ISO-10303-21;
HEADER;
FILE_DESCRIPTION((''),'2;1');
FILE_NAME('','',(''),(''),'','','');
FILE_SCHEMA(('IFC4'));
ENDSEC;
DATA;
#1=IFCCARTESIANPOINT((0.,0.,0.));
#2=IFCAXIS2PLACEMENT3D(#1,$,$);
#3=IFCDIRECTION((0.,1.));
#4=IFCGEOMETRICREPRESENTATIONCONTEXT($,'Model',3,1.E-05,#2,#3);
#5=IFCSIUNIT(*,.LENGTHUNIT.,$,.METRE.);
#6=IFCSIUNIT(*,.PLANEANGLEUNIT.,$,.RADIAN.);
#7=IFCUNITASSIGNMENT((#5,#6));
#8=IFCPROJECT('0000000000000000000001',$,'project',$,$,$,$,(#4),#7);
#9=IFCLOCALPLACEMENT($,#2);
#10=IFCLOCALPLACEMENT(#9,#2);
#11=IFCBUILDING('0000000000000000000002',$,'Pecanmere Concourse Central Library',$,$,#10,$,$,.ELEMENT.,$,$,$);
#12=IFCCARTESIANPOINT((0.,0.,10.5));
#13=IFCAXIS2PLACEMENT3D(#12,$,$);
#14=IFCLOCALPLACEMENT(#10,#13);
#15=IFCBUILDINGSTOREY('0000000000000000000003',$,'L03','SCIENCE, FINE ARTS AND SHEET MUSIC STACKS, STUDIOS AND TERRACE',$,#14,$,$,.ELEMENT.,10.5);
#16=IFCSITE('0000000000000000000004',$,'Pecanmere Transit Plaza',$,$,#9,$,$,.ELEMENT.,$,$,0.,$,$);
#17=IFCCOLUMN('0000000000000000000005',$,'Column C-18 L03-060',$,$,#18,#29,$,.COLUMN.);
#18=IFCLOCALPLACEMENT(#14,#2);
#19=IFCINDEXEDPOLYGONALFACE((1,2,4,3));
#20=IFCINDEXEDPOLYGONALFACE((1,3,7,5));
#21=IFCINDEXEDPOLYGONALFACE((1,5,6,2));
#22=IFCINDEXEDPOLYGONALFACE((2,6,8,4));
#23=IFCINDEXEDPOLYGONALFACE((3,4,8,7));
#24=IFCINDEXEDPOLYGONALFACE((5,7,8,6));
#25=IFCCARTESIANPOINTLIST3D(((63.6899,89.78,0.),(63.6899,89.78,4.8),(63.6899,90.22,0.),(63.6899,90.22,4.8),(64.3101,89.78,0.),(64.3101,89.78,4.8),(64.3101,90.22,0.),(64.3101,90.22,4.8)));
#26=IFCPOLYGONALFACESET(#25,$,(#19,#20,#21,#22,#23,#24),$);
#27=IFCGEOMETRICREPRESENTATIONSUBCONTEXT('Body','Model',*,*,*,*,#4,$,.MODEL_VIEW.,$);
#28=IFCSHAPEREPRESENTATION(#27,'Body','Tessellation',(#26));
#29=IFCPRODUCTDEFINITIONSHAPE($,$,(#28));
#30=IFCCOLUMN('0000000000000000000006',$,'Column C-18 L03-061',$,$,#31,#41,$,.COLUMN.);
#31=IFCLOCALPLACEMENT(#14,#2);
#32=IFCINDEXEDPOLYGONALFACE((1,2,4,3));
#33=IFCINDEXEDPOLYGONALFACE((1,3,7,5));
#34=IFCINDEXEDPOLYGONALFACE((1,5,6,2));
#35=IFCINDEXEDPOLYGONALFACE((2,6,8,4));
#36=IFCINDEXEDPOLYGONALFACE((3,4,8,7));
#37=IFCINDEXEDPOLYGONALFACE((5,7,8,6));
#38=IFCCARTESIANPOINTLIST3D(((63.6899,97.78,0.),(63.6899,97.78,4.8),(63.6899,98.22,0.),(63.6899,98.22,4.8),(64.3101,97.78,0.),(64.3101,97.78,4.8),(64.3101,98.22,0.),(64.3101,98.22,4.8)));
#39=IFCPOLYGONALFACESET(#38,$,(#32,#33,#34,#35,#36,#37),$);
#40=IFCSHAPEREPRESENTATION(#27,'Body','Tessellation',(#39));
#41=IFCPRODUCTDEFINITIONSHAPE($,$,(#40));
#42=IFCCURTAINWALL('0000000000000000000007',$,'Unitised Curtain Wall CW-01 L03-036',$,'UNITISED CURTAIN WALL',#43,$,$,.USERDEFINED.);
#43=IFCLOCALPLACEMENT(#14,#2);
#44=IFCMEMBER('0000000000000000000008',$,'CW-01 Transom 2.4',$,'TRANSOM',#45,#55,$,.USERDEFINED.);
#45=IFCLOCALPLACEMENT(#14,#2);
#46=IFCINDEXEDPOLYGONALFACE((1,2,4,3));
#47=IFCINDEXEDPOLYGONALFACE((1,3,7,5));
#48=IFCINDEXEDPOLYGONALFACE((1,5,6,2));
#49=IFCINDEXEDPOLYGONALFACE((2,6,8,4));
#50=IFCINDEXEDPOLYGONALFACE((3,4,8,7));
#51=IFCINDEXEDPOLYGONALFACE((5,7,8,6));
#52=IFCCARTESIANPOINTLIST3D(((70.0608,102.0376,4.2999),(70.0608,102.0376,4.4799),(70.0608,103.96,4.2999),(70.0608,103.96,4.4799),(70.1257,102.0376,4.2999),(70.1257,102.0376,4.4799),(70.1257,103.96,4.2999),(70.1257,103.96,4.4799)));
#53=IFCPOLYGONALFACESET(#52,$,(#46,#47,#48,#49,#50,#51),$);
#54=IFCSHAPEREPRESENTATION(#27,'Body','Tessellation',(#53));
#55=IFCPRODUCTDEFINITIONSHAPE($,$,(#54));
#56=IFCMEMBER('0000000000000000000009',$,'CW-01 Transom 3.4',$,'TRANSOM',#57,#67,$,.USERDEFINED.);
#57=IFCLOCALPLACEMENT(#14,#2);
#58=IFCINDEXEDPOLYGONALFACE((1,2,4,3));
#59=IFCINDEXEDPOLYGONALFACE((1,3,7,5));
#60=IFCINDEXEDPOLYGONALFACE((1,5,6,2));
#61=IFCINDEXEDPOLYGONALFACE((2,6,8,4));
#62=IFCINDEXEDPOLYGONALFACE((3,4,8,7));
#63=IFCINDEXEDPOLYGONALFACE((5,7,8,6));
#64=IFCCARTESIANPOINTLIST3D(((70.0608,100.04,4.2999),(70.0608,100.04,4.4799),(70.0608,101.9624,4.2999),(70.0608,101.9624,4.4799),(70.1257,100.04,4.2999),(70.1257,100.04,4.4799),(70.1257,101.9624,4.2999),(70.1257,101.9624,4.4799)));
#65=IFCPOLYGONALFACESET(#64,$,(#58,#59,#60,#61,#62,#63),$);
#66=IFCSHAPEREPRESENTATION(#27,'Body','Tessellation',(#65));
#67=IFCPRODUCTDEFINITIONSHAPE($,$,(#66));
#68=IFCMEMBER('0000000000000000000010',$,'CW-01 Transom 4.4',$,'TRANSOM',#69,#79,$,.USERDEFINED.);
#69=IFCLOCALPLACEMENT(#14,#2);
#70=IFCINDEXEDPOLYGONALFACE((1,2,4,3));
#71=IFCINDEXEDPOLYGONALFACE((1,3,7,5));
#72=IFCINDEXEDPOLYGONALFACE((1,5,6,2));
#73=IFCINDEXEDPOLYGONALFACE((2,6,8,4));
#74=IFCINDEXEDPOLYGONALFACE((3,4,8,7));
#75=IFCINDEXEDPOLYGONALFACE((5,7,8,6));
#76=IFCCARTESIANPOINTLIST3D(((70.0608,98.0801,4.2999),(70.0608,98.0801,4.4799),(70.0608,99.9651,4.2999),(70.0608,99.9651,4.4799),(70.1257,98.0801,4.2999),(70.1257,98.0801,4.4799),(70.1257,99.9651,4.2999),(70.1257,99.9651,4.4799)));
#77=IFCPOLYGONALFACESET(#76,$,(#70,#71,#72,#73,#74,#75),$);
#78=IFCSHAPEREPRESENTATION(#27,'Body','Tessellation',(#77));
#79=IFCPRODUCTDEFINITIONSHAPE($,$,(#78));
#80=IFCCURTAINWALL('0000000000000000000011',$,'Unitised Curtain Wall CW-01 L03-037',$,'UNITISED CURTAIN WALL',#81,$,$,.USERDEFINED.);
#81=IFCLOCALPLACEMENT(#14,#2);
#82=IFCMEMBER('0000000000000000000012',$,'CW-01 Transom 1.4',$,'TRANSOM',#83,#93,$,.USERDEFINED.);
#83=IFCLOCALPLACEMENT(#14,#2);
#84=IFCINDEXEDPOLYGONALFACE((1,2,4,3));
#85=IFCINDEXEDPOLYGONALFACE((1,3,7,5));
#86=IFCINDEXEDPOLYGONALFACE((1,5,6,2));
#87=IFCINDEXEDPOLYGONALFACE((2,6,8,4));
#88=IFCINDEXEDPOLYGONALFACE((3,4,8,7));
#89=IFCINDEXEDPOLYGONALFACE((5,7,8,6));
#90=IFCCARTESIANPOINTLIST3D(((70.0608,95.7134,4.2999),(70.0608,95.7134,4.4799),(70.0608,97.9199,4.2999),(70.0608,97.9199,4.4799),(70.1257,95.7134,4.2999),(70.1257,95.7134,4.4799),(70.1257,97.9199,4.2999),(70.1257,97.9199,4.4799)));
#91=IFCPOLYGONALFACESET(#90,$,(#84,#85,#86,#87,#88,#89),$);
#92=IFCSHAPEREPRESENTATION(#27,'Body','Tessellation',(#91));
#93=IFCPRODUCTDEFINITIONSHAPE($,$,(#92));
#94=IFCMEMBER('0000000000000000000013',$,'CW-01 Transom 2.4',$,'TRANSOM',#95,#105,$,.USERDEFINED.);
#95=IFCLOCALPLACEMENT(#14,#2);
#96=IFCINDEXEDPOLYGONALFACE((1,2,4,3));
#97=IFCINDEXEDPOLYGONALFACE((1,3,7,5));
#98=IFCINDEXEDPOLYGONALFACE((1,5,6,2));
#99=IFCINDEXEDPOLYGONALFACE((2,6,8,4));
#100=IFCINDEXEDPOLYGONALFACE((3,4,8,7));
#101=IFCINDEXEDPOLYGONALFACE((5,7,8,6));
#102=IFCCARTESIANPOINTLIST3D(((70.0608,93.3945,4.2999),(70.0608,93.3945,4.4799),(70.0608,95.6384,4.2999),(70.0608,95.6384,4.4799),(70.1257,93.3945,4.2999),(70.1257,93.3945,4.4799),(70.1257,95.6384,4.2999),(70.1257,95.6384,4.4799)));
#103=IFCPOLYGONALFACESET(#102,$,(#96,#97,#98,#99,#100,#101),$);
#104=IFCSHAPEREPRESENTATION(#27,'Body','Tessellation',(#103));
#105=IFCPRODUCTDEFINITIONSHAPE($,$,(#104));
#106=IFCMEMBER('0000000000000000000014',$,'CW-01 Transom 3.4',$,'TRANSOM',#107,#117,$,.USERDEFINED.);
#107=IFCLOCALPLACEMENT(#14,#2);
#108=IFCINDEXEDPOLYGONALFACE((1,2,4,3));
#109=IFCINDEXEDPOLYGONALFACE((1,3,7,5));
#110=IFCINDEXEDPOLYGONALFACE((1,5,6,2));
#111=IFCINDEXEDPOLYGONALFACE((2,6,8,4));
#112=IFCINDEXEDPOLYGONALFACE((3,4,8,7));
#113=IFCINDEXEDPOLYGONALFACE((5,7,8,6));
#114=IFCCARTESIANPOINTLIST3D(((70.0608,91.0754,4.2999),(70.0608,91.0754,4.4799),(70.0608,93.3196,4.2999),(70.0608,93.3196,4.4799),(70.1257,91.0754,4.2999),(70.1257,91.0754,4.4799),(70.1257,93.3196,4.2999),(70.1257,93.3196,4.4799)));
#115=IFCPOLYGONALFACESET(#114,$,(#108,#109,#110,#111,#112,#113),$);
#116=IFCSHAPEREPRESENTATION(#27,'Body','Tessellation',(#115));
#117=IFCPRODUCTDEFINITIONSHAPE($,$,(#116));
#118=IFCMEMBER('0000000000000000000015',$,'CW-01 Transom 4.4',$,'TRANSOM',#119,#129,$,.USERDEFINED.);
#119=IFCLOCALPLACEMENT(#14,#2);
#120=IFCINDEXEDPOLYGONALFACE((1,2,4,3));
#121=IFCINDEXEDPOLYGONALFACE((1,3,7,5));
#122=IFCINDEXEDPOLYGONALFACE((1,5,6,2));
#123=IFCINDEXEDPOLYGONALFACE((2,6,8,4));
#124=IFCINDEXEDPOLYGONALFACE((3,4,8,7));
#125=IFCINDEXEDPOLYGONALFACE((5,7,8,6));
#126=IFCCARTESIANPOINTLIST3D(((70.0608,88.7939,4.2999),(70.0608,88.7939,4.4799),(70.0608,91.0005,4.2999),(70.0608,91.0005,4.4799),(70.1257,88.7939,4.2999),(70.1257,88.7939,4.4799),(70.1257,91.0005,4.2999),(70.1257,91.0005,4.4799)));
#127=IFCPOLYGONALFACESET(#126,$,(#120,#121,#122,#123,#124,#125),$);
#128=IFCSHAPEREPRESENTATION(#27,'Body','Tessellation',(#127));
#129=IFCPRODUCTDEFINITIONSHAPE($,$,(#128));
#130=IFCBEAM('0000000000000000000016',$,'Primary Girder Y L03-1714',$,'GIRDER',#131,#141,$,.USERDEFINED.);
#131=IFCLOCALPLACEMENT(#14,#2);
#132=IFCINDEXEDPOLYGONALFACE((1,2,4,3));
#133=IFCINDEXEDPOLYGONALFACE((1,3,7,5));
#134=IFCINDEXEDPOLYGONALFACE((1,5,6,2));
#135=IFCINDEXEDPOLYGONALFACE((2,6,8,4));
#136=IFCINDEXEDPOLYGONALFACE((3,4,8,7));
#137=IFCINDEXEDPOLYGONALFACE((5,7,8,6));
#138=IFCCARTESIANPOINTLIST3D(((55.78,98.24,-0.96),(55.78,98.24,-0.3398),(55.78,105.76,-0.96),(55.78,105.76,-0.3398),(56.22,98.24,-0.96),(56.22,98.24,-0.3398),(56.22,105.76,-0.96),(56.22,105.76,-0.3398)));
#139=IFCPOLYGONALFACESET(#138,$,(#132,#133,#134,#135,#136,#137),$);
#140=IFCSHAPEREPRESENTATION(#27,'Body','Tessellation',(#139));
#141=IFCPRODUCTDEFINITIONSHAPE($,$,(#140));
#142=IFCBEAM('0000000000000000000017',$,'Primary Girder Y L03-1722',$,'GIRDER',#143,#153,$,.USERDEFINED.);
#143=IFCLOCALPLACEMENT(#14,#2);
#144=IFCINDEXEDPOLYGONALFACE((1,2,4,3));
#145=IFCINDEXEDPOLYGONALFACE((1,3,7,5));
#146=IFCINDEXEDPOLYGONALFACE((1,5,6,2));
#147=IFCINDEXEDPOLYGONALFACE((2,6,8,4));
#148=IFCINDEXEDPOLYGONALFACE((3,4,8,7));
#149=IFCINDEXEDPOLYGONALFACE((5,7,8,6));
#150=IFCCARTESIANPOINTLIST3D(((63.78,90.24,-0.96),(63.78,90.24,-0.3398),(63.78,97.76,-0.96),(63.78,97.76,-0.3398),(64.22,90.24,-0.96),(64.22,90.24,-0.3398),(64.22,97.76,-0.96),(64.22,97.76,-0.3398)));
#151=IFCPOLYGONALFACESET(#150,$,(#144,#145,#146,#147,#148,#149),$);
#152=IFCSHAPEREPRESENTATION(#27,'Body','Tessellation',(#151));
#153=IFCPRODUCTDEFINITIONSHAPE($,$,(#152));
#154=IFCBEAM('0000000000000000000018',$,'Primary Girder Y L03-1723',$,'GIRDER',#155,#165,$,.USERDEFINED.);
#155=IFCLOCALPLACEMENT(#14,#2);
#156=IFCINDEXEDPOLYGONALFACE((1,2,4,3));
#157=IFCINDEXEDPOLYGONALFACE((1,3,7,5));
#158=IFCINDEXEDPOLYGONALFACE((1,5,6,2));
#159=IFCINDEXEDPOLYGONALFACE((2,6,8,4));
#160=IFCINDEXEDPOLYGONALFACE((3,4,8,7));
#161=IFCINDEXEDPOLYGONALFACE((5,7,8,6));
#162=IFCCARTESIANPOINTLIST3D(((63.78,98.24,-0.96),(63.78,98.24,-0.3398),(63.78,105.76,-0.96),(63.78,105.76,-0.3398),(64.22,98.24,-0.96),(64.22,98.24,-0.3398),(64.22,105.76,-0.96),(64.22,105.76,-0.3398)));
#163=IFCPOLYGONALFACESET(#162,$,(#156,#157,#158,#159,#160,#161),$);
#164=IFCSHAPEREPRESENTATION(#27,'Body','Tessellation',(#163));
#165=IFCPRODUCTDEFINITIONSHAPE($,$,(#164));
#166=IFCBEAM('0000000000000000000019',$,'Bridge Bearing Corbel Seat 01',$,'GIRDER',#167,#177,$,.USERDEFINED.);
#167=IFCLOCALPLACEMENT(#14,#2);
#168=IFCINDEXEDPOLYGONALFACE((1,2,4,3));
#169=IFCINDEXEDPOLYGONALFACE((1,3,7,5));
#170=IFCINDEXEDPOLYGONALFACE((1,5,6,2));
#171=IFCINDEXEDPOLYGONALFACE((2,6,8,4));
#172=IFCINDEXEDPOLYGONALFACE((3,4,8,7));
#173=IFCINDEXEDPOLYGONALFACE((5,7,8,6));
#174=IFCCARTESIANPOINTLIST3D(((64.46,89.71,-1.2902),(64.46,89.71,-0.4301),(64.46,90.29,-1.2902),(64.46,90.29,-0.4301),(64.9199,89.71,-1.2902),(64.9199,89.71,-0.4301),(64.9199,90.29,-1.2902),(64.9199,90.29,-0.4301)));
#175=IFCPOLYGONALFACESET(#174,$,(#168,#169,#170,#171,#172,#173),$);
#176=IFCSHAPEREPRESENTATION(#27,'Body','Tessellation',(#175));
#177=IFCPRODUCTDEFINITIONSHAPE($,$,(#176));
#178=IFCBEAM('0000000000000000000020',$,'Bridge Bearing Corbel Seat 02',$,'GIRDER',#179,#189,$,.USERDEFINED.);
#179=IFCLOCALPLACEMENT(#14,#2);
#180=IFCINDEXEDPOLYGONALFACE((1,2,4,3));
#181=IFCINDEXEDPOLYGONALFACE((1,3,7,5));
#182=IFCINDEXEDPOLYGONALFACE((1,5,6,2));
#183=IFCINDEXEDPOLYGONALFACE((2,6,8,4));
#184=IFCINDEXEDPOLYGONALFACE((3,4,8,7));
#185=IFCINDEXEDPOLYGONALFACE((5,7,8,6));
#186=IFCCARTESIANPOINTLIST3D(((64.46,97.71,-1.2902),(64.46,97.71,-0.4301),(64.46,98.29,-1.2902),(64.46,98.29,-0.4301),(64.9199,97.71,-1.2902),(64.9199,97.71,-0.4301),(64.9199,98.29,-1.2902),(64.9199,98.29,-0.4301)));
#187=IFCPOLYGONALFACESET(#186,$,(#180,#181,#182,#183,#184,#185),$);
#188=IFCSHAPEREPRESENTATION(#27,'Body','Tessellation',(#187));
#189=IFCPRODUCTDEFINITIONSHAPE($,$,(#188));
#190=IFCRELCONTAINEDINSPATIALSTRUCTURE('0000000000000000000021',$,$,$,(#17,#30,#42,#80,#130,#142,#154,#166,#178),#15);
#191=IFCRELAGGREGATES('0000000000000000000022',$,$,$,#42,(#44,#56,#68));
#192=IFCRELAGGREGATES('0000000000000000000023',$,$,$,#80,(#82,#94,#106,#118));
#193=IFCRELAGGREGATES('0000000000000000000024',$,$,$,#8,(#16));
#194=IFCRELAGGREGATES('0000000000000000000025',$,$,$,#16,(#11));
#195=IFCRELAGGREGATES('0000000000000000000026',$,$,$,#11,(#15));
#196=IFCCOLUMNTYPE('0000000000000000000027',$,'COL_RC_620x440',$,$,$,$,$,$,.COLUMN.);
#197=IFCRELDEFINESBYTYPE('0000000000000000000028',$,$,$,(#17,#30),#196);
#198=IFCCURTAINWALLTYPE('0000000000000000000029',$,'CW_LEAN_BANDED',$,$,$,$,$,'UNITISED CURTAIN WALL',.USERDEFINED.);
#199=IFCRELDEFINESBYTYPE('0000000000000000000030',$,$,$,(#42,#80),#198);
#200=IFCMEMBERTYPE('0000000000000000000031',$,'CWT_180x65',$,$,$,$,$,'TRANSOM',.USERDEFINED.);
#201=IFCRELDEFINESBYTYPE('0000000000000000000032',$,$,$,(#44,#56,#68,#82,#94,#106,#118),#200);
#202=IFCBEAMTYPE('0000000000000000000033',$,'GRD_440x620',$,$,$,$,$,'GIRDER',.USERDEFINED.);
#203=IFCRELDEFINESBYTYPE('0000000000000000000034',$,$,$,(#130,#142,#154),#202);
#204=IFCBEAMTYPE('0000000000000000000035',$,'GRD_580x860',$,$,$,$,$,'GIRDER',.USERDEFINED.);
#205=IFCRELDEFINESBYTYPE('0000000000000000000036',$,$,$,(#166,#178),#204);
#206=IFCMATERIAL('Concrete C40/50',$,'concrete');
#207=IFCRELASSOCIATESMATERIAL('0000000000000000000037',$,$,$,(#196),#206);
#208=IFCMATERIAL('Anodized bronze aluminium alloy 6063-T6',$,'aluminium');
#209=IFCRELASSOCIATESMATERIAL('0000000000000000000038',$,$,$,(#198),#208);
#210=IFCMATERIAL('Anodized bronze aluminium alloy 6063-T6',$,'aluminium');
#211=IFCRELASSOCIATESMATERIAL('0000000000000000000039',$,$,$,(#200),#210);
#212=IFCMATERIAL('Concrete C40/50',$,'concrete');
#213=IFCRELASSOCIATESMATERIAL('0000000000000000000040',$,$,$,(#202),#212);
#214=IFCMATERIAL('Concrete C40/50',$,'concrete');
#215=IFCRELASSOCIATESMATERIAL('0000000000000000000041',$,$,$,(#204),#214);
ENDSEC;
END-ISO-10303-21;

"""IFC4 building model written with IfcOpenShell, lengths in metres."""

from ifc_helpers import new_model, si_unit, direction, frame, origin, origin_2d, place, context, subcontext, project, spatial, rectangle, extrude, material, material_profile, profile_set, type_object, element, aggregate, save


model = new_model("IFC4")

# Units and contexts
model_context = context("Model", 3, precision=1e-05, world=origin(), true_north=direction((0.0, 1.0)))
body_context = subcontext(model_context, "Body", "Model", "MODEL_VIEW")
ifc_project = project(units=[si_unit("LENGTHUNIT", "METRE"), si_unit("PLANEANGLEUNIT", "RADIAN")], contexts=[model_context])

# Site, building, storey
site_placement = place(None, origin())
site = spatial("IfcSite", under=ifc_project, at=site_placement, Name="Pecanmere Transit Plaza", CompositionType="ELEMENT", RefElevation=0.0)
building_placement = place(site_placement, origin())
building = spatial("IfcBuilding", under=site, at=building_placement, Name="Pecanmere Concourse Central Library", CompositionType="ELEMENT")
storey_placement = place(building_placement, frame((0.0, 0.0, 10.5)))
storey = spatial("IfcBuildingStorey", under=building, at=storey_placement, Name="L03", Description="SCIENCE, FINE ARTS AND SHEET MUSIC STACKS, STUDIOS AND TERRACE", CompositionType="ELEMENT", Elevation=10.5)

# Columns
ifc_material_1 = material(Name="Concrete C40/50", Category="concrete")
ifc_material_profile_1 = material_profile(ifc_material_1, rectangle(XDim=0.6201, YDim=0.4399, at=origin_2d()), Name="RC 620x440")
ifc_profile_set_1 = profile_set([ifc_material_profile_1], Name="Concrete C40/50")
column_type = type_object("IfcColumnType", Name="COL_RC_620x440", PredefinedType="COLUMN", material=ifc_profile_set_1)
for number, where, z_axis, x_axis, name in (
    (1, (64.0, 90.0, 0.0), (0.0, 0.0, 1.0), (1.0, 0.0, 0.0), "Column C-18 L03-060"),
    (2, (64.0, 98.0, 0.0), (0.0, 0.0, 1.0), (1.0, 0.0, 0.0), "Column C-18 L03-061"),
):
    element("IfcColumn", number, at=place(storey_placement, frame(where, z_axis=z_axis, x_axis=x_axis)), inside=storey, type_object=column_type, Name=name, PredefinedType="COLUMN", context=body_context, shape_type="SweptSolid", body=[
        extrude(rectangle(XDim=0.6201, YDim=0.4399, at=origin_2d()), origin(), (0.0, 0.0, 1.0), 4.8),
    ])

# Curtain walls, members
ifc_material_2 = material(Name="Anodized bronze aluminium alloy 6063-T6", Category="aluminium")
curtain_wall_type = type_object("IfcCurtainWallType", Name="CW_LEAN_BANDED", ElementType="UNITISED CURTAIN WALL", PredefinedType="USERDEFINED", material=ifc_material_2)
curtain_wall_1_placement = place(storey_placement, origin())
curtain_wall_1 = element("IfcCurtainWall", 3, at=curtain_wall_1_placement, inside=storey, type_object=curtain_wall_type, Name="Unitised Curtain Wall CW-01 L03-036", ObjectType="UNITISED CURTAIN WALL", PredefinedType="USERDEFINED")
ifc_material_3 = material(Name="Anodized bronze aluminium alloy 6063-T6", Category="aluminium")
ifc_material_profile_2 = material_profile(ifc_material_3, rectangle(XDim=0.0649, YDim=0.1799, at=origin_2d()), Name="AL 65x180")
ifc_profile_set_2 = profile_set([ifc_material_profile_2], Name="Anodized bronze aluminium alloy 6063-T6")
member_type = type_object("IfcMemberType", Name="CWT_180x65", ElementType="TRANSOM", PredefinedType="USERDEFINED", material=ifc_profile_set_2)
member_1_placement = place(storey_placement, frame((70.0933, 103.96, 4.3899), z_axis=(0.0, -1.0, 0.0), x_axis=(1.0, 0.0, 0.0)))
member_1 = element("IfcMember", 4, at=member_1_placement, type_object=member_type, Name="CW-01 Transom 2.4", ObjectType="TRANSOM", PredefinedType="USERDEFINED", context=body_context, shape_type="SweptSolid", body=[
    extrude(rectangle(XDim=0.0649, YDim=0.1799, at=origin_2d()), origin(), (0.0, 0.0, 1.0), 1.9224),
])
member_2_placement = place(storey_placement, frame((70.0933, 101.9624, 4.3899), z_axis=(0.0, -1.0, 0.0), x_axis=(1.0, 0.0, 0.0)))
member_2 = element("IfcMember", 5, at=member_2_placement, type_object=member_type, Name="CW-01 Transom 3.4", ObjectType="TRANSOM", PredefinedType="USERDEFINED", context=body_context, shape_type="SweptSolid", body=[
    extrude(rectangle(XDim=0.0649, YDim=0.1799, at=origin_2d()), origin(), (0.0, 0.0, 1.0), 1.9224),
])
member_3_placement = place(storey_placement, frame((70.0933, 99.9651, 4.3899), z_axis=(0.0, -1.0, 0.0), x_axis=(1.0, 0.0, 0.0)))
member_3 = element("IfcMember", 6, at=member_3_placement, type_object=member_type, Name="CW-01 Transom 4.4", ObjectType="TRANSOM", PredefinedType="USERDEFINED", context=body_context, shape_type="SweptSolid", body=[
    extrude(rectangle(XDim=0.0649, YDim=0.1799, at=origin_2d()), origin(), (0.0, 0.0, 1.0), 1.885),
])
curtain_wall_2_placement = place(storey_placement, origin())
curtain_wall_2 = element("IfcCurtainWall", 7, at=curtain_wall_2_placement, inside=storey, type_object=curtain_wall_type, Name="Unitised Curtain Wall CW-01 L03-037", ObjectType="UNITISED CURTAIN WALL", PredefinedType="USERDEFINED")
member_4_placement = place(storey_placement, frame((70.0933, 97.9199, 4.3899), z_axis=(0.0, -1.0, 0.0), x_axis=(1.0, 0.0, 0.0)))
member_4 = element("IfcMember", 8, at=member_4_placement, type_object=member_type, Name="CW-01 Transom 1.4", ObjectType="TRANSOM", PredefinedType="USERDEFINED", context=body_context, shape_type="SweptSolid", body=[
    extrude(rectangle(XDim=0.0649, YDim=0.1799, at=origin_2d()), origin(), (0.0, 0.0, 1.0), 2.2065),
])
member_5_placement = place(storey_placement, frame((70.0933, 95.6384, 4.3899), z_axis=(0.0, -1.0, 0.0), x_axis=(1.0, 0.0, 0.0)))
member_5 = element("IfcMember", 9, at=member_5_placement, type_object=member_type, Name="CW-01 Transom 2.4", ObjectType="TRANSOM", PredefinedType="USERDEFINED", context=body_context, shape_type="SweptSolid", body=[
    extrude(rectangle(XDim=0.0649, YDim=0.1799, at=origin_2d()), origin(), (0.0, 0.0, 1.0), 2.2439),
])
member_6_placement = place(storey_placement, frame((70.0933, 93.3196, 4.3899), z_axis=(0.0, -1.0, 0.0), x_axis=(1.0, 0.0, 0.0)))
member_6 = element("IfcMember", 10, at=member_6_placement, type_object=member_type, Name="CW-01 Transom 3.4", ObjectType="TRANSOM", PredefinedType="USERDEFINED", context=body_context, shape_type="SweptSolid", body=[
    extrude(rectangle(XDim=0.0649, YDim=0.1799, at=origin_2d()), origin(), (0.0, 0.0, 1.0), 2.2441),
])
member_7_placement = place(storey_placement, frame((70.0933, 91.0005, 4.3899), z_axis=(0.0, -1.0, 0.0), x_axis=(1.0, 0.0, 0.0)))
member_7 = element("IfcMember", 11, at=member_7_placement, type_object=member_type, Name="CW-01 Transom 4.4", ObjectType="TRANSOM", PredefinedType="USERDEFINED", context=body_context, shape_type="SweptSolid", body=[
    extrude(rectangle(XDim=0.0649, YDim=0.1799, at=origin_2d()), origin(), (0.0, 0.0, 1.0), 2.2065),
])

# Beams
ifc_material_4 = material(Name="Concrete C40/50", Category="concrete")
ifc_material_profile_3 = material_profile(ifc_material_4, rectangle(XDim=0.4399, YDim=0.6201, at=origin_2d()), Name="RC 440x620")
ifc_profile_set_3 = profile_set([ifc_material_profile_3], Name="Concrete C40/50")
beam_type_1 = type_object("IfcBeamType", Name="GRD_440x620", ElementType="GIRDER", PredefinedType="USERDEFINED", material=ifc_profile_set_3)
for number, where, z_axis, x_axis, name in (
    (12, (56.0, 98.24, -0.6499), (0.0, 1.0, 0.0), (-1.0, 0.0, 0.0), "Primary Girder Y L03-1714"),
    (13, (64.0, 90.24, -0.6499), (0.0, 1.0, 0.0), (-1.0, 0.0, 0.0), "Primary Girder Y L03-1722"),
    (14, (64.0, 98.24, -0.6499), (0.0, 1.0, 0.0), (-1.0, 0.0, 0.0), "Primary Girder Y L03-1723"),
):
    element("IfcBeam", number, at=place(storey_placement, frame(where, z_axis=z_axis, x_axis=x_axis)), inside=storey, type_object=beam_type_1, Name=name, ObjectType="GIRDER", PredefinedType="USERDEFINED", context=body_context, shape_type="SweptSolid", body=[
        extrude(rectangle(XDim=0.4399, YDim=0.6201, at=origin_2d()), origin(), (0.0, 0.0, 1.0), 7.52),
    ])
ifc_material_5 = material(Name="Concrete C40/50", Category="concrete")
ifc_material_profile_4 = material_profile(ifc_material_5, rectangle(XDim=0.5801, YDim=0.8601, at=origin_2d()), Name="RC 580x860")
ifc_profile_set_4 = profile_set([ifc_material_profile_4], Name="Concrete C40/50")
beam_type_2 = type_object("IfcBeamType", Name="GRD_580x860", ElementType="GIRDER", PredefinedType="USERDEFINED", material=ifc_profile_set_4)
for number, where, z_axis, x_axis, name in (
    (15, (64.46, 90.0, -0.8601), (1.0, 0.0, 0.0), (0.0, 1.0, 0.0), "Bridge Bearing Corbel Seat 01"),
    (16, (64.46, 98.0, -0.8601), (1.0, 0.0, 0.0), (0.0, 1.0, 0.0), "Bridge Bearing Corbel Seat 02"),
):
    element("IfcBeam", number, at=place(storey_placement, frame(where, z_axis=z_axis, x_axis=x_axis)), inside=storey, type_object=beam_type_2, Name=name, ObjectType="GIRDER", PredefinedType="USERDEFINED", context=body_context, shape_type="SweptSolid", body=[
        extrude(rectangle(XDim=0.5801, YDim=0.8601, at=origin_2d()), origin(), (0.0, 0.0, 1.0), 0.46),
    ])

aggregate(curtain_wall_1, [member_1, member_2, member_3])
aggregate(curtain_wall_2, [member_4, member_5, member_6, member_7])

save(model, "model.ifc")
